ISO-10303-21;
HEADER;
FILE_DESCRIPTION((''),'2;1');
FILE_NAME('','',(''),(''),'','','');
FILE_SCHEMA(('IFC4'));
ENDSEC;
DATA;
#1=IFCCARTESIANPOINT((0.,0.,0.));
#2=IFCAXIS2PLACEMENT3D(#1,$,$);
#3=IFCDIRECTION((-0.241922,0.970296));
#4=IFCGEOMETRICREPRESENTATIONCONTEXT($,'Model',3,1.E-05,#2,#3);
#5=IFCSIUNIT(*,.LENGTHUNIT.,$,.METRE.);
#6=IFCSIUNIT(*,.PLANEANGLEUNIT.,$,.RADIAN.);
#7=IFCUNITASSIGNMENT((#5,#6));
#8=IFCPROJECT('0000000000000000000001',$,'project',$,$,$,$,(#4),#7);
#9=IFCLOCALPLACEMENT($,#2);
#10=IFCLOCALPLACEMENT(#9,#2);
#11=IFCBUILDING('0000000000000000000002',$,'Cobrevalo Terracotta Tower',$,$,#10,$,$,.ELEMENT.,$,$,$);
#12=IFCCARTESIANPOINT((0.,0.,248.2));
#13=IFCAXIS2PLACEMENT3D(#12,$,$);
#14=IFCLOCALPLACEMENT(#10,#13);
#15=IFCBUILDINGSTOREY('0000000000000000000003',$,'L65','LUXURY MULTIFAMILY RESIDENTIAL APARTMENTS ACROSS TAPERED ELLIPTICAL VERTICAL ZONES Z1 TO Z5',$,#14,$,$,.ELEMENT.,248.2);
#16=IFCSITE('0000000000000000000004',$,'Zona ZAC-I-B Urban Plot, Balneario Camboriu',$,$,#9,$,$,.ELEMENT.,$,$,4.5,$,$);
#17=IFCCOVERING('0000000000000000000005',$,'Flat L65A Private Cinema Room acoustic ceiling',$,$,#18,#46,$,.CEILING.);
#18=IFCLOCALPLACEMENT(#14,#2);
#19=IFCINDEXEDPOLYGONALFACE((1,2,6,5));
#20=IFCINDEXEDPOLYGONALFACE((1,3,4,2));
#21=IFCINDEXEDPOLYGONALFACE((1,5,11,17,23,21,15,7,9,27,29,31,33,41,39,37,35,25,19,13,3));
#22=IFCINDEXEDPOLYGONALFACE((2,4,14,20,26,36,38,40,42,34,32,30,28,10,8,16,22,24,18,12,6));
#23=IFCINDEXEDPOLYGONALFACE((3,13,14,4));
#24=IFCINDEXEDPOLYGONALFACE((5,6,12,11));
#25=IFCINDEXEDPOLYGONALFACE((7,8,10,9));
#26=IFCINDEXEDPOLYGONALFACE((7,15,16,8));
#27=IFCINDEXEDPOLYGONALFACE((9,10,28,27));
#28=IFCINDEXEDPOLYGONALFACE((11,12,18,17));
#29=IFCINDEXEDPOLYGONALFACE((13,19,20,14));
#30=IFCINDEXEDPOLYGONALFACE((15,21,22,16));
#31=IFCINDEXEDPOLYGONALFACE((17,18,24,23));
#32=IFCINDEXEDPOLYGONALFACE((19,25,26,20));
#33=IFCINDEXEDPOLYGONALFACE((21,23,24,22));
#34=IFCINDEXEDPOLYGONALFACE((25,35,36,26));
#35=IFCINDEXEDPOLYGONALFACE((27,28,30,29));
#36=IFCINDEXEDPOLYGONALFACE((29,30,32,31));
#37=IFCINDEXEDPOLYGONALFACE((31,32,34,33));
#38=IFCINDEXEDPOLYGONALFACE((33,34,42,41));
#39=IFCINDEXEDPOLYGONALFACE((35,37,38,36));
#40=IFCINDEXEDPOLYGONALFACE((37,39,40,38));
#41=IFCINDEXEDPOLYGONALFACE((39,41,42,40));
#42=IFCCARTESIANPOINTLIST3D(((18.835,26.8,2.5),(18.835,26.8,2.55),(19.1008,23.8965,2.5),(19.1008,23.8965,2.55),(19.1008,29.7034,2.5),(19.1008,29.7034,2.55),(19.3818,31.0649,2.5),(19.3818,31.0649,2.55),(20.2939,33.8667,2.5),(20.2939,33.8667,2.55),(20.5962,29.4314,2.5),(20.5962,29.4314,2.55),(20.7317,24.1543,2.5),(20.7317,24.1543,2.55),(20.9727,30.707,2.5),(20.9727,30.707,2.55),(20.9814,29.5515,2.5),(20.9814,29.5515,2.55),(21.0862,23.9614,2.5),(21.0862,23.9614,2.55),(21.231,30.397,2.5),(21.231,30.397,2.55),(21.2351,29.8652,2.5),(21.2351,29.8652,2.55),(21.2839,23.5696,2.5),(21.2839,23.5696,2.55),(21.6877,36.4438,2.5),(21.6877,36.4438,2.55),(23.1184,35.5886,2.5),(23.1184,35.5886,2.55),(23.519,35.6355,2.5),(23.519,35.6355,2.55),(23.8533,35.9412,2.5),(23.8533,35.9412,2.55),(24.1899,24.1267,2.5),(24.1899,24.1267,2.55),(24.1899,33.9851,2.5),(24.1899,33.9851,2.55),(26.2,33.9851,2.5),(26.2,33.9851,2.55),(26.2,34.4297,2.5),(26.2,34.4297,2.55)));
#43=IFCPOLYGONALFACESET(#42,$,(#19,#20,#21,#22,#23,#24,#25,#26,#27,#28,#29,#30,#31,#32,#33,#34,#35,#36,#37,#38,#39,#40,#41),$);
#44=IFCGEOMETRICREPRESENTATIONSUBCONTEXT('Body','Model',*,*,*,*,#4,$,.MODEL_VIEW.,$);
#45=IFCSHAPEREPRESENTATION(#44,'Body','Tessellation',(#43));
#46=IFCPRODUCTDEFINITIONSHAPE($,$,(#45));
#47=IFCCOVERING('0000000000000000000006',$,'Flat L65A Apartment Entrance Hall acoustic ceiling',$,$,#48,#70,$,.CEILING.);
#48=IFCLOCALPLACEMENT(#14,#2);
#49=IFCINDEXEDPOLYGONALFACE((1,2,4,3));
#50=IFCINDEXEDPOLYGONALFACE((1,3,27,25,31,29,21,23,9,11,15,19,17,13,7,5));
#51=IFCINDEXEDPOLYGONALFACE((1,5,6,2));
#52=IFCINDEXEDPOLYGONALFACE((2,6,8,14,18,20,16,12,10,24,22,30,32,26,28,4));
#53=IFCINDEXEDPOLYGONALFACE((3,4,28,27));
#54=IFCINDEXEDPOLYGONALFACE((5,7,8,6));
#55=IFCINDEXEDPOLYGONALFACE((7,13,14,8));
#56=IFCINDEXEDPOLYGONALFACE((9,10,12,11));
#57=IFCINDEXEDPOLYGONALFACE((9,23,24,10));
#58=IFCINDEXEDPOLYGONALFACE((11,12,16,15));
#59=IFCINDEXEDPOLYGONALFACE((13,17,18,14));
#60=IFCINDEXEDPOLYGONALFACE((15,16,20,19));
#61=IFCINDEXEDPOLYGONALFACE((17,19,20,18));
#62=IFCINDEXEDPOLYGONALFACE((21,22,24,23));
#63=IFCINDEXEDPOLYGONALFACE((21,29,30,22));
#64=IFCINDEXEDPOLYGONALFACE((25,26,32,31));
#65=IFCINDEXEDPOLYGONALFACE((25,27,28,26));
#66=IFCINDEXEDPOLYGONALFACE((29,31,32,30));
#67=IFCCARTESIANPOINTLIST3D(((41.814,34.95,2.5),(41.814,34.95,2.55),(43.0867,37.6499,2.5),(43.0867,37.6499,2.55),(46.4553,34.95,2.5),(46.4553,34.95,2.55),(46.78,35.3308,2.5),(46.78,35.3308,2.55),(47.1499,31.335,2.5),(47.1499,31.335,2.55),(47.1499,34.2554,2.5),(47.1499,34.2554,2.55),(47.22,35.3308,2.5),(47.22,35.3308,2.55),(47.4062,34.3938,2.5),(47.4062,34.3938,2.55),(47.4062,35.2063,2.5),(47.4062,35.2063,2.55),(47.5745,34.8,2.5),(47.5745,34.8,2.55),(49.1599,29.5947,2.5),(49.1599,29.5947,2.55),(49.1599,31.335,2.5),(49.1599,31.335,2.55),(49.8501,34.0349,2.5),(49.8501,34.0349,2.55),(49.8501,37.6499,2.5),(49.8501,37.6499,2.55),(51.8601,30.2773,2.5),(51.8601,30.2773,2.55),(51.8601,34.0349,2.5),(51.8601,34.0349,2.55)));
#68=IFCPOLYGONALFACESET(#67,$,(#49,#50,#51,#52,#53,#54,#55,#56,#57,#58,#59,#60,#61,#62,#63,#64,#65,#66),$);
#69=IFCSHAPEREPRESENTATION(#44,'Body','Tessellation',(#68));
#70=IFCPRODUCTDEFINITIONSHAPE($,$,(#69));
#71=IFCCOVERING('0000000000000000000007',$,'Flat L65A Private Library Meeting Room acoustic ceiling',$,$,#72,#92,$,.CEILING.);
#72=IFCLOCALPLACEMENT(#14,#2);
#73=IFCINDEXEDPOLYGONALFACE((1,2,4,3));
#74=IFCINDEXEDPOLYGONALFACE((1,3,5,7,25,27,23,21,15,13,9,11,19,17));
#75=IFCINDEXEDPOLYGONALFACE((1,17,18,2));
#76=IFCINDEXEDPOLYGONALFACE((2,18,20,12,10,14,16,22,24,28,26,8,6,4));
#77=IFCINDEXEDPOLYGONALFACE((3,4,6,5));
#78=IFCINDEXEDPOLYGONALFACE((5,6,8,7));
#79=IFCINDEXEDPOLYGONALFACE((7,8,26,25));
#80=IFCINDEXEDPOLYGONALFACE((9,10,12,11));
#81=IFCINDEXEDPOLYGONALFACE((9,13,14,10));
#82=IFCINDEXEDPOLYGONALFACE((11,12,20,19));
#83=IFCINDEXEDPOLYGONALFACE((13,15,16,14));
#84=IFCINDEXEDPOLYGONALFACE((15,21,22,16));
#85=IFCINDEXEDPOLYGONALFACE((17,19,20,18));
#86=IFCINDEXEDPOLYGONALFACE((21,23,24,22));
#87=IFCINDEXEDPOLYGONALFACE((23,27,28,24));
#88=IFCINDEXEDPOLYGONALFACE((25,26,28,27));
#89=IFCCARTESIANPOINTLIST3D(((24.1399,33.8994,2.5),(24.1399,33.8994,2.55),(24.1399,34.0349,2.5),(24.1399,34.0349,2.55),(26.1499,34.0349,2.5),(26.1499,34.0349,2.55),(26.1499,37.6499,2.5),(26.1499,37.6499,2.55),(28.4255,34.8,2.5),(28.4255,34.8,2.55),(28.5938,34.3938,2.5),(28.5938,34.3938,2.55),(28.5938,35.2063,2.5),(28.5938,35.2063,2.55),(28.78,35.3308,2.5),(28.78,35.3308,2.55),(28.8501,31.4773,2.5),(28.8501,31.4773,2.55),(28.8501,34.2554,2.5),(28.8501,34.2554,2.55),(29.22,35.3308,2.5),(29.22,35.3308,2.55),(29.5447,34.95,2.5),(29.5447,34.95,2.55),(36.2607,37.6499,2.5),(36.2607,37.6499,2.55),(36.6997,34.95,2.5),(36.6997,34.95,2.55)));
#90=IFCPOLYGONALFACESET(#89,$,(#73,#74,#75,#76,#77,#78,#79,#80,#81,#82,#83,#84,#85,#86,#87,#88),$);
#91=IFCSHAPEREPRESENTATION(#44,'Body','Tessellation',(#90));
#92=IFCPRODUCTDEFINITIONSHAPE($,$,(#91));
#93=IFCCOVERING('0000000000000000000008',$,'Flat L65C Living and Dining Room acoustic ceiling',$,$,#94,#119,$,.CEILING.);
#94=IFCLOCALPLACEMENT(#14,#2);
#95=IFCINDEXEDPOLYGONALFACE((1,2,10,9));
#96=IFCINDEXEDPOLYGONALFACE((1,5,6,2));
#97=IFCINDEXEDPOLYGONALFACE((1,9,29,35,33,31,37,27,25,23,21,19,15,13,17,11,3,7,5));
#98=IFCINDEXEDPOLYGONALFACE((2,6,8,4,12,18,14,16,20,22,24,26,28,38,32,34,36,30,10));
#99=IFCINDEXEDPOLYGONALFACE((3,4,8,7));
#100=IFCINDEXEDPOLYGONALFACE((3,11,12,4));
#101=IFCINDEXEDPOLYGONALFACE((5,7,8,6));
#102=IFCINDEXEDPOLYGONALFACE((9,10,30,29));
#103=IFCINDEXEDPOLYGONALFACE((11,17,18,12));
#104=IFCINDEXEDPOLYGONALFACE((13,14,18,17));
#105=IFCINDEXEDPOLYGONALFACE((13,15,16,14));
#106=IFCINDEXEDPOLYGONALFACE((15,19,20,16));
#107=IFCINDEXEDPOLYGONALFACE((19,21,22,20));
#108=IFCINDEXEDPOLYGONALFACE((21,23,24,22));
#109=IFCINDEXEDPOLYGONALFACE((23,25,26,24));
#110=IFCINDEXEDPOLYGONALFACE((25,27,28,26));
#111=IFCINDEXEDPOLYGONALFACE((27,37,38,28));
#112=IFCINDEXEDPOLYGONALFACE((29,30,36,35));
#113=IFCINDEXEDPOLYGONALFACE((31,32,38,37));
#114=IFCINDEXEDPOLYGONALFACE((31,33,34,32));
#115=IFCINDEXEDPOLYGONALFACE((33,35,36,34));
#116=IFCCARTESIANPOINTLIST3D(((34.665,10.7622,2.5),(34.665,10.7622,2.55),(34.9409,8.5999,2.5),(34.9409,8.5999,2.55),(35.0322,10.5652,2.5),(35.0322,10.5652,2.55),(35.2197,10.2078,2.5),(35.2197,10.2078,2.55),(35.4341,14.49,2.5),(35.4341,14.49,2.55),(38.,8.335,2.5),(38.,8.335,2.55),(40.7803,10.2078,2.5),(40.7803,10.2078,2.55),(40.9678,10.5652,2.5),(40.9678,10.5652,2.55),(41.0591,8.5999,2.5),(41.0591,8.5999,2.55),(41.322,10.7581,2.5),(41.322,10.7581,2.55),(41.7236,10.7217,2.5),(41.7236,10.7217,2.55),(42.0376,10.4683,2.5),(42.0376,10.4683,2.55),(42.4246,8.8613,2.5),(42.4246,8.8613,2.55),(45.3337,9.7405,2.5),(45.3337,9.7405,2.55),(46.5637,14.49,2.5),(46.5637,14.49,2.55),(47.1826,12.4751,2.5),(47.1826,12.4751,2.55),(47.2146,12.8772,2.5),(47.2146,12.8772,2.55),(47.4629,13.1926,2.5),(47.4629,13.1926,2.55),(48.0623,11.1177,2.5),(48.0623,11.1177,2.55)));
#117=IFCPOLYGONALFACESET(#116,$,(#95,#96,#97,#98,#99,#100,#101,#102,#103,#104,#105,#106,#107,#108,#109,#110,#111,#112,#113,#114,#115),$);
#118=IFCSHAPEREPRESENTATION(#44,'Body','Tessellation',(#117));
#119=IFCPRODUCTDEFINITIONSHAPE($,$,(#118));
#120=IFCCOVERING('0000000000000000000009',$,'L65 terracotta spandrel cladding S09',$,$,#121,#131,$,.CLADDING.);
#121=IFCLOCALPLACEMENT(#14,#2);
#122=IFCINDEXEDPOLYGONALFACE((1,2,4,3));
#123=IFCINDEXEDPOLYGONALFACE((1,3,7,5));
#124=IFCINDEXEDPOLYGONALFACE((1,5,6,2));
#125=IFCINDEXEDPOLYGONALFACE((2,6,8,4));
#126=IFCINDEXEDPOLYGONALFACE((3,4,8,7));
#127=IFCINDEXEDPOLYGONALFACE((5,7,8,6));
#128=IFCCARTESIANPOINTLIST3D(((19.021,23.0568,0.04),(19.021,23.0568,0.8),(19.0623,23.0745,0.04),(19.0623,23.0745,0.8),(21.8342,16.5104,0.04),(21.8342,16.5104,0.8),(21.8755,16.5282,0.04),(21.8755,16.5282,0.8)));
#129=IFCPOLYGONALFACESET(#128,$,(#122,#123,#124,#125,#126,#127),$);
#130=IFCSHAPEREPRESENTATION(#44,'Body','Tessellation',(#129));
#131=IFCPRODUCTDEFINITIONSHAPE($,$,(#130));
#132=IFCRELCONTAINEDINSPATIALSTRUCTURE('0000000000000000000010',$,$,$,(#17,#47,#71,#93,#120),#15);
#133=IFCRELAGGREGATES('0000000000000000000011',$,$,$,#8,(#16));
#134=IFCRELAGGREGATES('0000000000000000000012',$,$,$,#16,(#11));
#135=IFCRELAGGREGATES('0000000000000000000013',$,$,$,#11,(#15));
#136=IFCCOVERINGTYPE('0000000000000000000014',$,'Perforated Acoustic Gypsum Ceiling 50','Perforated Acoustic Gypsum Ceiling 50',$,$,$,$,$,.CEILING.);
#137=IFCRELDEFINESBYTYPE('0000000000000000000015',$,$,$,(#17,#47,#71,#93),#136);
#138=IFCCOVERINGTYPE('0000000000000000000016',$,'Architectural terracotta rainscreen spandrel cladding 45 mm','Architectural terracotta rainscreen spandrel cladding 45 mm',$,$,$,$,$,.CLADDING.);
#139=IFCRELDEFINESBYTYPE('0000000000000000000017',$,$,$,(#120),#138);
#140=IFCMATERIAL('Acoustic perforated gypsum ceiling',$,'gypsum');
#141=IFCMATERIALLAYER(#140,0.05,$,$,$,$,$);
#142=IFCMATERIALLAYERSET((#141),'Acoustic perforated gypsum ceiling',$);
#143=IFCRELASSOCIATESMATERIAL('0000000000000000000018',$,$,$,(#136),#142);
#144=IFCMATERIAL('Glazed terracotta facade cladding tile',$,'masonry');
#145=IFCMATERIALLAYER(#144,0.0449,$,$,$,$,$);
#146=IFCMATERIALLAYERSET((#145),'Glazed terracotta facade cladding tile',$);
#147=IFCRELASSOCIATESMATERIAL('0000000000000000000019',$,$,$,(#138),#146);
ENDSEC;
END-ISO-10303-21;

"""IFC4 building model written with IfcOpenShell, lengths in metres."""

from ifc_helpers import new_model, si_unit, direction, frame, origin, origin_2d, place, context, subcontext, project, spatial, polyline, rectangle, outline, extrude, source, transform, mapped, material, layer, layer_set, type_object, element, save


model = new_model("IFC4")

# Units and contexts
model_context = context("Model", 3, precision=1e-05, world=origin(), true_north=direction((-0.241922, 0.970296)))
body_context = subcontext(model_context, "Body", "Model", "MODEL_VIEW")
ifc_project = project(units=[si_unit("LENGTHUNIT", "METRE"), si_unit("PLANEANGLEUNIT", "RADIAN")], contexts=[model_context])

# Site, building, storey
site_placement = place(None, origin())
site = spatial("IfcSite", under=ifc_project, at=site_placement, Name="Zona ZAC-I-B Urban Plot, Balneario Camboriu", CompositionType="ELEMENT", RefElevation=4.5)
building_placement = place(site_placement, origin())
building = spatial("IfcBuilding", under=site, at=building_placement, Name="Cobrevalo Terracotta Tower", CompositionType="ELEMENT")
storey_placement = place(building_placement, frame((0.0, 0.0, 248.2)))
storey = spatial("IfcBuildingStorey", under=building, at=storey_placement, Name="L65", Description="LUXURY MULTIFAMILY RESIDENTIAL APARTMENTS ACROSS TAPERED ELLIPTICAL VERTICAL ZONES Z1 TO Z5", CompositionType="ELEMENT", Elevation=248.2)

# Coverings
ifc_material_1 = material(Name="Acoustic perforated gypsum ceiling", Category="gypsum")
ifc_layer_1 = layer(ifc_material_1, 0.05)
ifc_layer_set_1 = layer_set([ifc_layer_1], Name="Acoustic perforated gypsum ceiling")
covering_type_1 = type_object("IfcCoveringType", Name="Perforated Acoustic Gypsum Ceiling 50", Description="Perforated Acoustic Gypsum Ceiling 50", PredefinedType="CEILING", material=ifc_layer_set_1)
covering_1_placement = place(storey_placement, frame((0.0, 0.0, 2.5)))
element("IfcCovering", 1, at=covering_1_placement, inside=storey, type_object=covering_type_1, Name="Flat L65A Private Cinema Room acoustic ceiling", PredefinedType="CEILING", context=body_context, shape_type="SweptSolid", body=[
    extrude(outline(polyline([(21.2839, 23.5696), (21.0862, 23.9614), (20.7317, 24.1543), (19.1008, 23.8965), (18.835, 26.8), (19.1008, 29.7034), (20.5962, 29.4314), (20.9814, 29.5515), (21.2351, 29.8652), (21.231, 30.397), (20.9727, 30.707), (19.3818, 31.0649), (20.2939, 33.8667), (21.6877, 36.4438), (23.1184, 35.5886), (23.519, 35.6355), (23.8533, 35.9412), (26.2, 34.4297), (26.2, 33.9851), (24.1899, 33.9851), (24.1899, 24.1267), (21.2839, 23.5696)])), origin(), (0.0, 0.0, 1.0), 0.05),
])
covering_2_placement = place(storey_placement, frame((0.0, 0.0, 2.5)))
element("IfcCovering", 2, at=covering_2_placement, inside=storey, type_object=covering_type_1, Name="Flat L65A Apartment Entrance Hall acoustic ceiling", PredefinedType="CEILING", context=body_context, shape_type="SweptSolid", body=[
    extrude(outline(polyline([(47.1499, 31.335), (47.1499, 34.2554), (47.4062, 34.3938), (47.5745, 34.8), (47.4062, 35.2063), (47.22, 35.3308), (46.78, 35.3308), (46.4553, 34.95), (41.814, 34.95), (43.0867, 37.6499), (49.8501, 37.6499), (49.8501, 34.0349), (51.8601, 34.0349), (51.8601, 30.2773), (49.1599, 29.5947), (49.1599, 31.335), (47.1499, 31.335)])), origin(), (0.0, 0.0, 1.0), 0.05),
])
covering_3_placement = place(storey_placement, frame((0.0, 0.0, 2.5)))
element("IfcCovering", 3, at=covering_3_placement, inside=storey, type_object=covering_type_1, Name="Flat L65A Private Library Meeting Room acoustic ceiling", PredefinedType="CEILING", context=body_context, shape_type="SweptSolid", body=[
    extrude(outline(polyline([(28.8501, 31.4773), (24.1399, 33.8994), (24.1399, 34.0349), (26.1499, 34.0349), (26.1499, 37.6499), (36.2607, 37.6499), (36.6997, 34.95), (29.5447, 34.95), (29.22, 35.3308), (28.78, 35.3308), (28.5938, 35.2063), (28.4255, 34.8), (28.5938, 34.3938), (28.8501, 34.2554), (28.8501, 31.4773)])), origin(), (0.0, 0.0, 1.0), 0.05),
])
covering_4_placement = place(storey_placement, frame((0.0, 0.0, 2.5)))
element("IfcCovering", 4, at=covering_4_placement, inside=storey, type_object=covering_type_1, Name="Flat L65C Living and Dining Room acoustic ceiling", PredefinedType="CEILING", context=body_context, shape_type="SweptSolid", body=[
    extrude(outline(polyline([(45.3337, 9.7405), (42.4246, 8.8613), (42.0376, 10.4683), (41.7236, 10.7217), (41.322, 10.7581), (40.9678, 10.5652), (40.7803, 10.2078), (41.0591, 8.5999), (38.0, 8.335), (34.9409, 8.5999), (35.2197, 10.2078), (35.0322, 10.5652), (34.665, 10.7622), (35.4341, 14.49), (46.5637, 14.49), (47.4629, 13.1926), (47.2146, 12.8772), (47.1826, 12.4751), (48.0623, 11.1177), (45.3337, 9.7405)])), origin(), (0.0, 0.0, 1.0), 0.05),
])
ifc_material_2 = material(Name="Glazed terracotta facade cladding tile", Category="masonry")
ifc_layer_2 = layer(ifc_material_2, 0.0449)
ifc_layer_set_2 = layer_set([ifc_layer_2], Name="Glazed terracotta facade cladding tile")
covering_type_2 = type_object("IfcCoveringType", Name="Architectural terracotta rainscreen spandrel cladding 45 mm", Description="Architectural terracotta rainscreen spandrel cladding 45 mm", PredefinedType="CLADDING", material=ifc_layer_set_2)
shared_shape_1 = source(origin(), body_context, "Body", "SweptSolid", [
    extrude(rectangle(XDim=7.1252, YDim=0.0449, at=origin_2d()), origin(), (0.0, 0.0, 1.0), 0.76),
])
covering_5_placement = place(storey_placement, frame((20.4482, 19.7925, 0.04), z_axis=(0.0, 0.0, 1.0), x_axis=(0.394829, -0.918755, 0.0)))
element("IfcCovering", 5, at=covering_5_placement, inside=storey, type_object=covering_type_2, Name="L65 terracotta spandrel cladding S09", PredefinedType="CLADDING", context=body_context, shape_type="MappedRepresentation", body=[
    mapped(shared_shape_1, transform((0.0, 0.0, 0.0), scale=1.0)),
])

save(model, "model.ifc")
